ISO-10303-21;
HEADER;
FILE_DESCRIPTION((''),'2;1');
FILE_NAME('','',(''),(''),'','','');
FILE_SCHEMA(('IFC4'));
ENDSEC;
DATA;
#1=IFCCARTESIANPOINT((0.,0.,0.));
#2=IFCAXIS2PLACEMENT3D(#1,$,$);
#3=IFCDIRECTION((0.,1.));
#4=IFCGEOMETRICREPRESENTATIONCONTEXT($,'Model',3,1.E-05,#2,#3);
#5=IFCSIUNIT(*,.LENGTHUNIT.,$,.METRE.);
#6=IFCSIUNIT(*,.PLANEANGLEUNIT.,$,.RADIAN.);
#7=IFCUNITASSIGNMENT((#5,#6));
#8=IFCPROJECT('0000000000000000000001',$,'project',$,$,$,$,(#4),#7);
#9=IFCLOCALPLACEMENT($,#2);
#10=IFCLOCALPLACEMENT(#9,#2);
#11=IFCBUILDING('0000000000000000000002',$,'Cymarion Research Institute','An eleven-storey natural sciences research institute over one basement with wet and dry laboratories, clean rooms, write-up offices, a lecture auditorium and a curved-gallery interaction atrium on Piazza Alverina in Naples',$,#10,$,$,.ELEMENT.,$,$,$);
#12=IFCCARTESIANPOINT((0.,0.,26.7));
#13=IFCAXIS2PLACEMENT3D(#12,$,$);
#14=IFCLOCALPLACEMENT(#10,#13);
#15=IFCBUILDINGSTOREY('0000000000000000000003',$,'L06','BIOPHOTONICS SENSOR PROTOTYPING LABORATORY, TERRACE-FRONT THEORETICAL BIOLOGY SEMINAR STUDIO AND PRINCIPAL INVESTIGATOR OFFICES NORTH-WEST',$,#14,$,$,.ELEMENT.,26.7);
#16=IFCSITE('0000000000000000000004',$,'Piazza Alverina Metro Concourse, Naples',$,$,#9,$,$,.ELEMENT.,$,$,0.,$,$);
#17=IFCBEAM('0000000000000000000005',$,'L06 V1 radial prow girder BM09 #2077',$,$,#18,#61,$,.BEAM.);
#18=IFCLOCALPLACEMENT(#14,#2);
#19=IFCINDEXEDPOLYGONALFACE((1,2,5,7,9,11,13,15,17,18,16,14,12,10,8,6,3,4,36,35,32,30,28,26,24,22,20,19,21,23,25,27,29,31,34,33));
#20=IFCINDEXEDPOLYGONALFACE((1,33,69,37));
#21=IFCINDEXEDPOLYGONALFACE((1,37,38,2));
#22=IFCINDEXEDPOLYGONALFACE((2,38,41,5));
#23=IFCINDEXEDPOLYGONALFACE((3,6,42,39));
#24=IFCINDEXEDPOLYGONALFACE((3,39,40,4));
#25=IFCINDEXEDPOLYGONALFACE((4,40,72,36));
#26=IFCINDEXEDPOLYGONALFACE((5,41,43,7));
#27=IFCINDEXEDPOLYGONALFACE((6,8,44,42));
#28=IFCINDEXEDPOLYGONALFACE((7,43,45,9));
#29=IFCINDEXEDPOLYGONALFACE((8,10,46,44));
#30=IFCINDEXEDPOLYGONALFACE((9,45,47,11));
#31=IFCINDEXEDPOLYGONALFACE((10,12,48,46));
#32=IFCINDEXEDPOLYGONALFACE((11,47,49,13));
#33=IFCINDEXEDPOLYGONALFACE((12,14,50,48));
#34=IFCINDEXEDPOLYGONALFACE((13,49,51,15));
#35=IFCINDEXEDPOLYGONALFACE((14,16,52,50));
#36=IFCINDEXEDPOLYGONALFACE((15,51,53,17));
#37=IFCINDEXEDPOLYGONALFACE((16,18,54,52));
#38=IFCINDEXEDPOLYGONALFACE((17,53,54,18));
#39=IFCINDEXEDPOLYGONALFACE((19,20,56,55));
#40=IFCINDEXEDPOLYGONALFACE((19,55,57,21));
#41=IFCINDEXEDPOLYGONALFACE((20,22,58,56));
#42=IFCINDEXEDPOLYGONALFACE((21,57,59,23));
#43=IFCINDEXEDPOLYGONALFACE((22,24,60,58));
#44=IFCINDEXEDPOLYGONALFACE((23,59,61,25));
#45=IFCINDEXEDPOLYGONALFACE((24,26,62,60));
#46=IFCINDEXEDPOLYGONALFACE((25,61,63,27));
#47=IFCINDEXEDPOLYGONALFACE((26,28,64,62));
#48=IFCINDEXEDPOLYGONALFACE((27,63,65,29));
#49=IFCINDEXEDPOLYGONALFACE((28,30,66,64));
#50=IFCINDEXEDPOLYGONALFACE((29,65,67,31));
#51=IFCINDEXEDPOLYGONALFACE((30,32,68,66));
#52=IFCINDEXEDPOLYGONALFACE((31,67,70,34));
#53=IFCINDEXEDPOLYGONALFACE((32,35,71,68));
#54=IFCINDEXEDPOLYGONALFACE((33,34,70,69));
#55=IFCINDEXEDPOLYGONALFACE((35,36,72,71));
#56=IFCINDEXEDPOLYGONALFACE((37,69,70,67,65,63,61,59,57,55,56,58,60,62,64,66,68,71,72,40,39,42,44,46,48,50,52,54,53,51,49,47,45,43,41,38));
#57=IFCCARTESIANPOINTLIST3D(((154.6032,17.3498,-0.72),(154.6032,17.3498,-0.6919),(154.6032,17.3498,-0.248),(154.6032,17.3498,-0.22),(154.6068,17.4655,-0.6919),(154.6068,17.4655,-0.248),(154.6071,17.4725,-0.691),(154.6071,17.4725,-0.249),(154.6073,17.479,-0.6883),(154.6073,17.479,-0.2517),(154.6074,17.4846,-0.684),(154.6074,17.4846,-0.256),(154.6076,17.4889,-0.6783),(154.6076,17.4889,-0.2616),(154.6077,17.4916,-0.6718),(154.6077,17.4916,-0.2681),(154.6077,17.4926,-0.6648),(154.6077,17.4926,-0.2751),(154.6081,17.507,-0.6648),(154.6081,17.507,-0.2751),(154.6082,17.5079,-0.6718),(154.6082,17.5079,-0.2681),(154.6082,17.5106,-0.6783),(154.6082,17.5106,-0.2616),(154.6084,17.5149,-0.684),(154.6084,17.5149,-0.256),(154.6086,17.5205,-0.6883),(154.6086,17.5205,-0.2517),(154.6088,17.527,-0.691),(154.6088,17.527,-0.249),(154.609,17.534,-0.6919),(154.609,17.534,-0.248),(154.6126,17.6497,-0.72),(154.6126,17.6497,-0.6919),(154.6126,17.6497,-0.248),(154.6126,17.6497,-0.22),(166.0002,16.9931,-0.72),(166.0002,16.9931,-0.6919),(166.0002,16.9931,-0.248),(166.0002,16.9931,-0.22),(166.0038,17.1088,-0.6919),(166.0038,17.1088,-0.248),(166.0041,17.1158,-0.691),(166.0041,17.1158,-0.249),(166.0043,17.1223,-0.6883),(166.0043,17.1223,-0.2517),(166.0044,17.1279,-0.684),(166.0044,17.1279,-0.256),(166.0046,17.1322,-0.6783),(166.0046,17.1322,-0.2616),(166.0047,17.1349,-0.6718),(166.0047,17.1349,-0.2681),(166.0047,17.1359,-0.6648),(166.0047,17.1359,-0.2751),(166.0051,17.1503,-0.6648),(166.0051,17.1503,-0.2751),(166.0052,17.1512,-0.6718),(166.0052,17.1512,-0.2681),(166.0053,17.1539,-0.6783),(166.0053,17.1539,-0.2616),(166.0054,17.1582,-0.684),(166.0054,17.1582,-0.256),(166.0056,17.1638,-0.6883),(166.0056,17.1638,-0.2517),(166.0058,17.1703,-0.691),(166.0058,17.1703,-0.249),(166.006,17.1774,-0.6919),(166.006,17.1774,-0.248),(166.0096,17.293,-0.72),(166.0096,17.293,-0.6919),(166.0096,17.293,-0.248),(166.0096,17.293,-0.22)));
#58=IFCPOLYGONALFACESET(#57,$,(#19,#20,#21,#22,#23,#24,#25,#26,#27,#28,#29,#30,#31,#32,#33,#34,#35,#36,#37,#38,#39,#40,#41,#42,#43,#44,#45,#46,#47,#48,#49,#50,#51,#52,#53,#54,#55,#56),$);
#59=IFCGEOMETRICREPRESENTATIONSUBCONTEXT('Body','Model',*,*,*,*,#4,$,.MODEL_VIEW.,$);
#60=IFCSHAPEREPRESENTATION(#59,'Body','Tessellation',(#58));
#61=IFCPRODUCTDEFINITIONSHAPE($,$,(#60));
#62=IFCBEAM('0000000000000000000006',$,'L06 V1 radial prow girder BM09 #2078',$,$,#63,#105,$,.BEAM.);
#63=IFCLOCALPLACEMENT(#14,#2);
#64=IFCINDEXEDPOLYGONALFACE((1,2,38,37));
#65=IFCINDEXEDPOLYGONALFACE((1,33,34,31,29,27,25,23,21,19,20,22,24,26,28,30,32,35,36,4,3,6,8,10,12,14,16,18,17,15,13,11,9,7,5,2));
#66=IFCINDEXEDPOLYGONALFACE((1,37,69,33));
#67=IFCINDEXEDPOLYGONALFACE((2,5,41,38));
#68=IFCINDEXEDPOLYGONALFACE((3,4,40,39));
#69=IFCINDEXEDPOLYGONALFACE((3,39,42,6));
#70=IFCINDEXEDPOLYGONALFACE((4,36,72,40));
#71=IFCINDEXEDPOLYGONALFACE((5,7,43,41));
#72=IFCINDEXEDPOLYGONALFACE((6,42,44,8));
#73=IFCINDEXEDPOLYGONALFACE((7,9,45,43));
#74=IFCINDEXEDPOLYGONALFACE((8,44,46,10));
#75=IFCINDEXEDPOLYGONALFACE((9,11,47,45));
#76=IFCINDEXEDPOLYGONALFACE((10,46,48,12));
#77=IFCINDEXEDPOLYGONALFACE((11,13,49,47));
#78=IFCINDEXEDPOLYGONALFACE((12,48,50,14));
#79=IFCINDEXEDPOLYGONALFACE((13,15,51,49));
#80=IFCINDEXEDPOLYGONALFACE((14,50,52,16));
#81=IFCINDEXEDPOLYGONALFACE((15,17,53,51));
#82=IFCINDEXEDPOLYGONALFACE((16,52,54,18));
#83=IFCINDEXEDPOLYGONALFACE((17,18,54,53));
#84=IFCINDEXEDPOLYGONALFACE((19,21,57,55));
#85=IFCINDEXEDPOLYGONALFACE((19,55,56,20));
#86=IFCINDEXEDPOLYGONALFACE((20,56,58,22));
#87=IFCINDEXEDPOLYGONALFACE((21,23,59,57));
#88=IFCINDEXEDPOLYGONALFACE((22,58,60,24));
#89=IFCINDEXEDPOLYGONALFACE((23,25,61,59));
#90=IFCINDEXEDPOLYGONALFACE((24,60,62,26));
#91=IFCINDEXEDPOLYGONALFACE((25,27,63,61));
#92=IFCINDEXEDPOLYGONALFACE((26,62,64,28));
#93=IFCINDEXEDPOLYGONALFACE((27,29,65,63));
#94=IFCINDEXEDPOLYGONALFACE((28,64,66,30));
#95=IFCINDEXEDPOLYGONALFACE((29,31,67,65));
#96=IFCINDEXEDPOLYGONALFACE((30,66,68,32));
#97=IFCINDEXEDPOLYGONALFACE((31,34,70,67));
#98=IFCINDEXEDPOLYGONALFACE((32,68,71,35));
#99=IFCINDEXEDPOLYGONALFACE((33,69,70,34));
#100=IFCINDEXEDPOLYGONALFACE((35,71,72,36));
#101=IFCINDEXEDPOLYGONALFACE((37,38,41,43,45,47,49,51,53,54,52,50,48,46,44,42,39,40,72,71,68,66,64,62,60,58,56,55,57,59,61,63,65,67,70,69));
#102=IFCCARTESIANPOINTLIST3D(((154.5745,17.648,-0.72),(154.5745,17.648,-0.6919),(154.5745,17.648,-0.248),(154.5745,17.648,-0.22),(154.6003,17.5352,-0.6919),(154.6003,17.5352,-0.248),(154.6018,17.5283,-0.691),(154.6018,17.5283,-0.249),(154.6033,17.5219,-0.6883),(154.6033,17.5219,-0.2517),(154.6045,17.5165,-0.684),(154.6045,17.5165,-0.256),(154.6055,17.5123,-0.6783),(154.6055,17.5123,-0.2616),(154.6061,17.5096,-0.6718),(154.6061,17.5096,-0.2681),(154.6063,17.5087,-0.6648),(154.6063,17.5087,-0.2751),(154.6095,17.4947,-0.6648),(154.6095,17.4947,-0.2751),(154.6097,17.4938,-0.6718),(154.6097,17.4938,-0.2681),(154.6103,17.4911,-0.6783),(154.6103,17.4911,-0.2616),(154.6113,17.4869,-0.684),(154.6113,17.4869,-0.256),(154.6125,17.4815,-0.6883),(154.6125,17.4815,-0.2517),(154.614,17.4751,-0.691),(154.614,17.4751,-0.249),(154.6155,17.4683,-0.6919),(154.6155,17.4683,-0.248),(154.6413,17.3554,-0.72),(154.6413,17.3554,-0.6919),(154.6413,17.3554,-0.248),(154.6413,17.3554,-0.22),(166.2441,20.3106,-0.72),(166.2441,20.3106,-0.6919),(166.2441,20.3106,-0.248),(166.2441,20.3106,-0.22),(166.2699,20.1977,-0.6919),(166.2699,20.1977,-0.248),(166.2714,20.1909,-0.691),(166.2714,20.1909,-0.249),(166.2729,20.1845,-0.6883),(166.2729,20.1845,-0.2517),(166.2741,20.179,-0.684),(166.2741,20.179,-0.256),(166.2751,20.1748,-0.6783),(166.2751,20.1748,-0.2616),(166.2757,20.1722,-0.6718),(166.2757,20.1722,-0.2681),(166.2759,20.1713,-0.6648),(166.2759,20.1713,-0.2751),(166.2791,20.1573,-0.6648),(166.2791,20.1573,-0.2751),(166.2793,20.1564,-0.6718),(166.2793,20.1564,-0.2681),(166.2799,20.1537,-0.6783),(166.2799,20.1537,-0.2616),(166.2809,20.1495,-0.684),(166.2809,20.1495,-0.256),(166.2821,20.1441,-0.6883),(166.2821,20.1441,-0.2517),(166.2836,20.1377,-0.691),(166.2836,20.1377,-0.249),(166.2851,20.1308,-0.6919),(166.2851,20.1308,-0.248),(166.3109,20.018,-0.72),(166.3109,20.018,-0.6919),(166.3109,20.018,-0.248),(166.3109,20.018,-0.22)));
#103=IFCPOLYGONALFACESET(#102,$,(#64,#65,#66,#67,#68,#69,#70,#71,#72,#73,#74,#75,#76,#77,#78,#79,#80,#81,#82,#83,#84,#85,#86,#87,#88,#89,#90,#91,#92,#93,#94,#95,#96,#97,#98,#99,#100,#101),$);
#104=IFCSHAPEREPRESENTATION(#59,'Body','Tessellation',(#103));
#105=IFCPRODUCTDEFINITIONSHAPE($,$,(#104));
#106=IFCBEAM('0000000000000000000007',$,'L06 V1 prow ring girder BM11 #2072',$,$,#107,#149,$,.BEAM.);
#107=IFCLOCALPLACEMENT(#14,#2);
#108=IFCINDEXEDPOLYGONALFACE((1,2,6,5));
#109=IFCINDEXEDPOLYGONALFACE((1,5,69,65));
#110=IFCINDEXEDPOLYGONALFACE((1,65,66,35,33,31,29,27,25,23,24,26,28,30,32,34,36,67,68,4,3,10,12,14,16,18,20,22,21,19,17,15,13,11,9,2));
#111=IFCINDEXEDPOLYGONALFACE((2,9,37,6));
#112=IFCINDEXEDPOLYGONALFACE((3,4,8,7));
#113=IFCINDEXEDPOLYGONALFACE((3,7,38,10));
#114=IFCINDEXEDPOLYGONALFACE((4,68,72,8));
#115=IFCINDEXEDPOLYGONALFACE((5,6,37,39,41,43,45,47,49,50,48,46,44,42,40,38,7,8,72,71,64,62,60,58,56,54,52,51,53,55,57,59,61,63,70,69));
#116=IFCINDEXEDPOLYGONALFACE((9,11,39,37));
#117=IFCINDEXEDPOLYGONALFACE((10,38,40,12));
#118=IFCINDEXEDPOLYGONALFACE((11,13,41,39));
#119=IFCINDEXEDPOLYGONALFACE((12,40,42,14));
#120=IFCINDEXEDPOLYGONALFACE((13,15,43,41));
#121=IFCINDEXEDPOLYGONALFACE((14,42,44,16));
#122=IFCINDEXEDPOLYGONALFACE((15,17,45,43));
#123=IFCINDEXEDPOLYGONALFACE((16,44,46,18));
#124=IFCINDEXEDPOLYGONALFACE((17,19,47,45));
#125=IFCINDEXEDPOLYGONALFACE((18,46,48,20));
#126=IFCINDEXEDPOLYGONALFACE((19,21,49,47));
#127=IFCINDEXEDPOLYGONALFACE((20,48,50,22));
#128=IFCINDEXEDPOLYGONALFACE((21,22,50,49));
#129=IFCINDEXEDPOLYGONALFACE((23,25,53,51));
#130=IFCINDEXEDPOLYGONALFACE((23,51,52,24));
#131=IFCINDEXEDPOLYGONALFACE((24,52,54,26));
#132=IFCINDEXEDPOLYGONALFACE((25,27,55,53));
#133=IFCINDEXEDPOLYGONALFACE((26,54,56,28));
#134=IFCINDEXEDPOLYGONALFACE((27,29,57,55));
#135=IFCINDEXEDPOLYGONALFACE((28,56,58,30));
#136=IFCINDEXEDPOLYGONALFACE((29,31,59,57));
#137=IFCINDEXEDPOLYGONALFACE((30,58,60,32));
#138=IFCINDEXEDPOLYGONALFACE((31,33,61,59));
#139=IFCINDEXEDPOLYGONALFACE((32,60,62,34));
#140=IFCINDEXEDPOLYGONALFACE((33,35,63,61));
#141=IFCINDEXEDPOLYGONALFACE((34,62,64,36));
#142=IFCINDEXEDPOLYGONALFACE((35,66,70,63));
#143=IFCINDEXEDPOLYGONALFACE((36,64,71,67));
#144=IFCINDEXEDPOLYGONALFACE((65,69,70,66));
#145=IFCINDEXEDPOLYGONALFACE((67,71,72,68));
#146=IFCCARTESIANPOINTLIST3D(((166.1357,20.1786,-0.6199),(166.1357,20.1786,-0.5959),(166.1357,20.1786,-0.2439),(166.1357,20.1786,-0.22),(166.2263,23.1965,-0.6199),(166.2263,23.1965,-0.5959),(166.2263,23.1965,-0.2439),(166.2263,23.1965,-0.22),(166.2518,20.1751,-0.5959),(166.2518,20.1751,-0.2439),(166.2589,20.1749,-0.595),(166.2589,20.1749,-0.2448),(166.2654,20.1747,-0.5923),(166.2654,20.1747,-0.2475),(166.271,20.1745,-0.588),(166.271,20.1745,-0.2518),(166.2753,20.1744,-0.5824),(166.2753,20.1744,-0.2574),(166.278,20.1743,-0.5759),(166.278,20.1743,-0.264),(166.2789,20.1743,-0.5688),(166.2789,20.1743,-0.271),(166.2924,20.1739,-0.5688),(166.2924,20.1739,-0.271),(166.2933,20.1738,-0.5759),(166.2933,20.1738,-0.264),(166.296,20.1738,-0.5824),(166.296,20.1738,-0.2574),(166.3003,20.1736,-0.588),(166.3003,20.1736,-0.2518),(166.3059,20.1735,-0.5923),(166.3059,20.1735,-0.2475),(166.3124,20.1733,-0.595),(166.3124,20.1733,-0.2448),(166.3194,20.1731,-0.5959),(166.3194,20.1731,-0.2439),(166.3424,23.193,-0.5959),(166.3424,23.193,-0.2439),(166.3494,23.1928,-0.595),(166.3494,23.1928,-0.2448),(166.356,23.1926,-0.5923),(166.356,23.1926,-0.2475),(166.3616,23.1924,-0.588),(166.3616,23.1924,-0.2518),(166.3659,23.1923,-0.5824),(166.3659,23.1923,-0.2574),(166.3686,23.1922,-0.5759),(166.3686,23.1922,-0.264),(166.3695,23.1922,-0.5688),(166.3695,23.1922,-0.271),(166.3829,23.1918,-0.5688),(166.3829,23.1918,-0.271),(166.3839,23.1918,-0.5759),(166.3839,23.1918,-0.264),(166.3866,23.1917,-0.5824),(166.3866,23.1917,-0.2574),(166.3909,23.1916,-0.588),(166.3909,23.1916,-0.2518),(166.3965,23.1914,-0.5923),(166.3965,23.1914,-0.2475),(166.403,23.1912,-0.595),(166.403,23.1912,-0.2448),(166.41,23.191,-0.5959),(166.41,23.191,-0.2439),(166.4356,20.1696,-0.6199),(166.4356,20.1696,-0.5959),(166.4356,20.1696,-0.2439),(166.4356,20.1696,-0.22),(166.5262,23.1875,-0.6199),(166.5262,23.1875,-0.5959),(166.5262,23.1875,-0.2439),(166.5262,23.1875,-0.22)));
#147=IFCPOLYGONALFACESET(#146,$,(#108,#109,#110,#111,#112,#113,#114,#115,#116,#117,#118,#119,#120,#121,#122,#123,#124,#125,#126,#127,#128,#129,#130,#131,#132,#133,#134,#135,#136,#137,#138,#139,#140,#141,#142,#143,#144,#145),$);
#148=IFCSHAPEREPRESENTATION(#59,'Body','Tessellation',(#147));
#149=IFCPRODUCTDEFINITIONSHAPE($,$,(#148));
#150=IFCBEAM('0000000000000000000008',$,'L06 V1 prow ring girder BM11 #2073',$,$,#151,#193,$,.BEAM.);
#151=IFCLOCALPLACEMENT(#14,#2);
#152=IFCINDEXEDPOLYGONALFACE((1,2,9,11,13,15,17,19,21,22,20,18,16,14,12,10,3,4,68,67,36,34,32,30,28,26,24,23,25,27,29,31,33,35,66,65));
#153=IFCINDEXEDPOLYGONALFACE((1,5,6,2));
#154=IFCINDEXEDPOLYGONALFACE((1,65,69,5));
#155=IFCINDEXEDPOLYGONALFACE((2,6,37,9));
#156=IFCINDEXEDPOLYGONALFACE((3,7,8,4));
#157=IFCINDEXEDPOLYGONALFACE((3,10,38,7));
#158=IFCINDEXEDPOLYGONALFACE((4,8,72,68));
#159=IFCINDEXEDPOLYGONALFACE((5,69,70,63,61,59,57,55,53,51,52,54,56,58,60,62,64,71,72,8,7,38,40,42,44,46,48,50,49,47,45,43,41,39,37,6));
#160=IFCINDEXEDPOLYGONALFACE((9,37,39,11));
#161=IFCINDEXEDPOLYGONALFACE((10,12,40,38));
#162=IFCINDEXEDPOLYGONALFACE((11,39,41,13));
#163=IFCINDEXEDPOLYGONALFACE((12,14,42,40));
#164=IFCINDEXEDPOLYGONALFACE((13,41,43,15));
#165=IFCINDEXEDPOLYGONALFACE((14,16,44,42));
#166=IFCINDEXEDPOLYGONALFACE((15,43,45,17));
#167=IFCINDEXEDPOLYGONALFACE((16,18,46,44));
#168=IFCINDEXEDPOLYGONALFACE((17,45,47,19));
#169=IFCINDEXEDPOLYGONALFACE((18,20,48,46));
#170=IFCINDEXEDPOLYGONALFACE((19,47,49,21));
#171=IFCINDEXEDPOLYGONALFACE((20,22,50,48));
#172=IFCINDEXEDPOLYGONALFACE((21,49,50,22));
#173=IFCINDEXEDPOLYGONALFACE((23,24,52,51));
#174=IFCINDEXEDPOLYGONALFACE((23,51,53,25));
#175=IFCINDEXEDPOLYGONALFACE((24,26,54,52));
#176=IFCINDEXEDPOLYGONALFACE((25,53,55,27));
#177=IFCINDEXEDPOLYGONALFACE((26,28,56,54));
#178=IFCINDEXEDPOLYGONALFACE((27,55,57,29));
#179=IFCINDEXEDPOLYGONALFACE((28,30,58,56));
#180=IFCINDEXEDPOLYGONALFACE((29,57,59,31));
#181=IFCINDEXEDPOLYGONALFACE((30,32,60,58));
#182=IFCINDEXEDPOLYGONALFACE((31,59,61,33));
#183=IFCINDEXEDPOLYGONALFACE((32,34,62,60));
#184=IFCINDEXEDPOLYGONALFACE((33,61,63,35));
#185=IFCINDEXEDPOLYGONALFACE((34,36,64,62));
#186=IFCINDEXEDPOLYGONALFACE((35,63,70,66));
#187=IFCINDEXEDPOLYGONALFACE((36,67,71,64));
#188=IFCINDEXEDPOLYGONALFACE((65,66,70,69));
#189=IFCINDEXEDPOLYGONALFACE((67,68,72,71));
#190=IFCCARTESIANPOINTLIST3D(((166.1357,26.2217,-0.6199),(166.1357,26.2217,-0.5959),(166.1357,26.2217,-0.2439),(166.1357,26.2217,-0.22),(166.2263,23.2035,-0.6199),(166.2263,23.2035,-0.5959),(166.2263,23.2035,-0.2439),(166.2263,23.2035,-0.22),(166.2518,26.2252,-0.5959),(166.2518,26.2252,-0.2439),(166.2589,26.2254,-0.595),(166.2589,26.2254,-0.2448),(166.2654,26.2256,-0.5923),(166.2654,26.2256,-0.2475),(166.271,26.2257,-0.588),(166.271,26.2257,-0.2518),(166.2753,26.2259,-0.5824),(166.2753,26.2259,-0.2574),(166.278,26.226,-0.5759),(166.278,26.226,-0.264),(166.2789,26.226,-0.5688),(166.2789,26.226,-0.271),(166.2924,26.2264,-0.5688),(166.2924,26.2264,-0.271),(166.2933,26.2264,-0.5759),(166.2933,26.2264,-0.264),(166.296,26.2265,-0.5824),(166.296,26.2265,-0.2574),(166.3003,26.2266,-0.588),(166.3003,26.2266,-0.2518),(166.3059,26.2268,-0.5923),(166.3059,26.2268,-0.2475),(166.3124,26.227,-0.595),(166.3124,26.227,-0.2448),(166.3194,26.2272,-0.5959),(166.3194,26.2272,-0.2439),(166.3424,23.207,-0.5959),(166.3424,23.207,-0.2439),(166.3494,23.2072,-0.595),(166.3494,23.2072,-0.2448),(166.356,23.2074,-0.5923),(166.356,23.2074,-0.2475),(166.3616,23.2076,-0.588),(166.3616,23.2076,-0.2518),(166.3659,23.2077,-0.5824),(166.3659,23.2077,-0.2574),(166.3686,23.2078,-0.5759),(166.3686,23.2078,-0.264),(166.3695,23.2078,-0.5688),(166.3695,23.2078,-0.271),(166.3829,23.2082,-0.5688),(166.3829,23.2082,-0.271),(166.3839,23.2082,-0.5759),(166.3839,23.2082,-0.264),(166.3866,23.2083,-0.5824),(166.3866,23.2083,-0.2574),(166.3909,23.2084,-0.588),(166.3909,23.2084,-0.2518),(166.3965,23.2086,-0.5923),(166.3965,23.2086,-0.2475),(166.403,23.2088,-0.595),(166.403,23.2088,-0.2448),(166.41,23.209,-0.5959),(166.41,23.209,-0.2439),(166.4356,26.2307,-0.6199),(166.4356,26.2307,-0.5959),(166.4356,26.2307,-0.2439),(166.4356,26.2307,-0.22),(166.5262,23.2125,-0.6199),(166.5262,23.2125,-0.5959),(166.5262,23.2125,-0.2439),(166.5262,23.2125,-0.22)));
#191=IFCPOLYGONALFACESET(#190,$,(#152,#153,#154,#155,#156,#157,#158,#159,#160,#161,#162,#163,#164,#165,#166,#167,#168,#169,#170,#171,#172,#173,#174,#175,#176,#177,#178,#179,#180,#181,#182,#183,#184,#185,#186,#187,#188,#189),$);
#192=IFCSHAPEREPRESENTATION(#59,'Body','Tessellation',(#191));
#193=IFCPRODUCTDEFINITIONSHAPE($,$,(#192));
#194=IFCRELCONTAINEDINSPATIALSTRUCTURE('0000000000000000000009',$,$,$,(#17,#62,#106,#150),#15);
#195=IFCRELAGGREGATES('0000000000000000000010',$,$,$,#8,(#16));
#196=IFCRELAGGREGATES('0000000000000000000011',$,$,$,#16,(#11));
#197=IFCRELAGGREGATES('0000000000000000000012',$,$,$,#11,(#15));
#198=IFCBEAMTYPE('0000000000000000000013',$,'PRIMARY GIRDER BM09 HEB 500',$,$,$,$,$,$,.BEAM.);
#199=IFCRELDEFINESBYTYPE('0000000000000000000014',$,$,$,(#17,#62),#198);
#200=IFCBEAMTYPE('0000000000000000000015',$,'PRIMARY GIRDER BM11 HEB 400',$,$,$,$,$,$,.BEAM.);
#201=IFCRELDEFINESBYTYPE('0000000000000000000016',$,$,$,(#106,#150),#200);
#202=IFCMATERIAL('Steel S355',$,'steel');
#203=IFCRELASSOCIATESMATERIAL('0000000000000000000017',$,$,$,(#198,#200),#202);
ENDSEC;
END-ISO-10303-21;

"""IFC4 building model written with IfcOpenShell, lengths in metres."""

from ifc_helpers import new_model, si_unit, direction, frame, origin, origin_2d, place, context, subcontext, project, spatial, i_section, extrude, material, material_profile, profile_set, type_object, element, save


model = new_model("IFC4")

# Units and contexts
model_context = context("Model", 3, precision=1e-05, world=origin(), true_north=direction((0.0, 1.0)))
body_context = subcontext(model_context, "Body", "Model", "MODEL_VIEW")
ifc_project = project(units=[si_unit("LENGTHUNIT", "METRE"), si_unit("PLANEANGLEUNIT", "RADIAN")], contexts=[model_context])

# Site, building, storey
site_placement = place(None, origin())
site = spatial("IfcSite", under=ifc_project, at=site_placement, Name="Piazza Alverina Metro Concourse, Naples", CompositionType="ELEMENT", RefElevation=0.0)
building_placement = place(site_placement, origin())
building = spatial("IfcBuilding", under=site, at=building_placement, Name="Cymarion Research Institute", Description="An eleven-storey natural sciences research institute over one basement with wet and dry laboratories, clean rooms, write-up offices, a lecture auditorium and a curved-gallery interaction atrium on Piazza Alverina in Naples", CompositionType="ELEMENT")
storey_placement = place(building_placement, frame((0.0, 0.0, 26.7)))
storey = spatial("IfcBuildingStorey", under=building, at=storey_placement, Name="L06", Description="BIOPHOTONICS SENSOR PROTOTYPING LABORATORY, TERRACE-FRONT THEORETICAL BIOLOGY SEMINAR STUDIO AND PRINCIPAL INVESTIGATOR OFFICES NORTH-WEST", CompositionType="ELEMENT", Elevation=26.7)

# Shared definitions
ifc_material_1 = material(Name="Steel S355", Category="steel")

# Beams
ifc_material_profile_1 = material_profile(ifc_material_1, i_section(OverallWidth=0.3, OverallDepth=0.5, WebThickness=0.0144, FlangeThickness=0.0281, FilletRadius=0.0271, at=origin_2d()), Name="HEB 500")
ifc_profile_set_1 = profile_set([ifc_material_profile_1], Name="Steel S355")
beam_type_1 = type_object("IfcBeamType", Name="PRIMARY GIRDER BM09 HEB 500", PredefinedType="BEAM", material=ifc_profile_set_1)
beam_1_placement = place(storey_placement, frame((154.6079, 17.4998, -0.47), z_axis=(0.999511, -0.031282, 0.0), x_axis=(0.031282, 0.999511, 0.0)))
element("IfcBeam", 1, at=beam_1_placement, inside=storey, type_object=beam_type_1, Name="L06 V1 radial prow girder BM09 #2077", PredefinedType="BEAM", context=body_context, shape_type="SweptSolid", body=[
    extrude(i_section(OverallWidth=0.3, OverallDepth=0.5, WebThickness=0.0144, FlangeThickness=0.0281, FilletRadius=0.0271, at=origin_2d()), origin(), (0.0, 0.0, 1.0), 11.4026),
])
beam_2_placement = place(storey_placement, frame((154.6079, 17.5017, -0.47), z_axis=(0.974945, 0.222447, 0.0), x_axis=(-0.222447, 0.974945, 0.0)))
element("IfcBeam", 2, at=beam_2_placement, inside=storey, type_object=beam_type_1, Name="L06 V1 radial prow girder BM09 #2078", PredefinedType="BEAM", context=body_context, shape_type="SweptSolid", body=[
    extrude(i_section(OverallWidth=0.3, OverallDepth=0.5, WebThickness=0.0144, FlangeThickness=0.0281, FilletRadius=0.0271, at=origin_2d()), origin(), (0.0, 0.0, 1.0), 11.9695),
])
ifc_material_profile_2 = material_profile(ifc_material_1, i_section(OverallWidth=0.3, OverallDepth=0.3999, WebThickness=0.0134, FlangeThickness=0.0239, FilletRadius=0.0271, at=origin_2d()), Name="HEB 400")
ifc_profile_set_2 = profile_set([ifc_material_profile_2], Name="Steel S355")
beam_type_2 = type_object("IfcBeamType", Name="PRIMARY GIRDER BM11 HEB 400", PredefinedType="BEAM", material=ifc_profile_set_2)
beam_3_placement = place(storey_placement, frame((166.2856, 20.1741, -0.4199), z_axis=(0.03, 0.99955, 0.0), x_axis=(-0.99955, 0.03, 0.0)))
element("IfcBeam", 3, at=beam_3_placement, inside=storey, type_object=beam_type_2, Name="L06 V1 prow ring girder BM11 #2072", PredefinedType="BEAM", context=body_context, shape_type="SweptSolid", body=[
    extrude(i_section(OverallWidth=0.3, OverallDepth=0.3999, WebThickness=0.0134, FlangeThickness=0.0239, FilletRadius=0.0271, at=origin_2d()), origin(), (0.0, 0.0, 1.0), 3.0193),
])
beam_4_placement = place(storey_placement, frame((166.3762, 23.208, -0.4199), z_axis=(-0.029998, 0.99955, 0.0), x_axis=(-0.99955, -0.029998, 0.0)))
element("IfcBeam", 4, at=beam_4_placement, inside=storey, type_object=beam_type_2, Name="L06 V1 prow ring girder BM11 #2073", PredefinedType="BEAM", context=body_context, shape_type="SweptSolid", body=[
    extrude(i_section(OverallWidth=0.3, OverallDepth=0.3999, WebThickness=0.0134, FlangeThickness=0.0239, FilletRadius=0.0271, at=origin_2d()), origin(), (0.0, 0.0, 1.0), 3.0195),
])

save(model, "model.ifc")
